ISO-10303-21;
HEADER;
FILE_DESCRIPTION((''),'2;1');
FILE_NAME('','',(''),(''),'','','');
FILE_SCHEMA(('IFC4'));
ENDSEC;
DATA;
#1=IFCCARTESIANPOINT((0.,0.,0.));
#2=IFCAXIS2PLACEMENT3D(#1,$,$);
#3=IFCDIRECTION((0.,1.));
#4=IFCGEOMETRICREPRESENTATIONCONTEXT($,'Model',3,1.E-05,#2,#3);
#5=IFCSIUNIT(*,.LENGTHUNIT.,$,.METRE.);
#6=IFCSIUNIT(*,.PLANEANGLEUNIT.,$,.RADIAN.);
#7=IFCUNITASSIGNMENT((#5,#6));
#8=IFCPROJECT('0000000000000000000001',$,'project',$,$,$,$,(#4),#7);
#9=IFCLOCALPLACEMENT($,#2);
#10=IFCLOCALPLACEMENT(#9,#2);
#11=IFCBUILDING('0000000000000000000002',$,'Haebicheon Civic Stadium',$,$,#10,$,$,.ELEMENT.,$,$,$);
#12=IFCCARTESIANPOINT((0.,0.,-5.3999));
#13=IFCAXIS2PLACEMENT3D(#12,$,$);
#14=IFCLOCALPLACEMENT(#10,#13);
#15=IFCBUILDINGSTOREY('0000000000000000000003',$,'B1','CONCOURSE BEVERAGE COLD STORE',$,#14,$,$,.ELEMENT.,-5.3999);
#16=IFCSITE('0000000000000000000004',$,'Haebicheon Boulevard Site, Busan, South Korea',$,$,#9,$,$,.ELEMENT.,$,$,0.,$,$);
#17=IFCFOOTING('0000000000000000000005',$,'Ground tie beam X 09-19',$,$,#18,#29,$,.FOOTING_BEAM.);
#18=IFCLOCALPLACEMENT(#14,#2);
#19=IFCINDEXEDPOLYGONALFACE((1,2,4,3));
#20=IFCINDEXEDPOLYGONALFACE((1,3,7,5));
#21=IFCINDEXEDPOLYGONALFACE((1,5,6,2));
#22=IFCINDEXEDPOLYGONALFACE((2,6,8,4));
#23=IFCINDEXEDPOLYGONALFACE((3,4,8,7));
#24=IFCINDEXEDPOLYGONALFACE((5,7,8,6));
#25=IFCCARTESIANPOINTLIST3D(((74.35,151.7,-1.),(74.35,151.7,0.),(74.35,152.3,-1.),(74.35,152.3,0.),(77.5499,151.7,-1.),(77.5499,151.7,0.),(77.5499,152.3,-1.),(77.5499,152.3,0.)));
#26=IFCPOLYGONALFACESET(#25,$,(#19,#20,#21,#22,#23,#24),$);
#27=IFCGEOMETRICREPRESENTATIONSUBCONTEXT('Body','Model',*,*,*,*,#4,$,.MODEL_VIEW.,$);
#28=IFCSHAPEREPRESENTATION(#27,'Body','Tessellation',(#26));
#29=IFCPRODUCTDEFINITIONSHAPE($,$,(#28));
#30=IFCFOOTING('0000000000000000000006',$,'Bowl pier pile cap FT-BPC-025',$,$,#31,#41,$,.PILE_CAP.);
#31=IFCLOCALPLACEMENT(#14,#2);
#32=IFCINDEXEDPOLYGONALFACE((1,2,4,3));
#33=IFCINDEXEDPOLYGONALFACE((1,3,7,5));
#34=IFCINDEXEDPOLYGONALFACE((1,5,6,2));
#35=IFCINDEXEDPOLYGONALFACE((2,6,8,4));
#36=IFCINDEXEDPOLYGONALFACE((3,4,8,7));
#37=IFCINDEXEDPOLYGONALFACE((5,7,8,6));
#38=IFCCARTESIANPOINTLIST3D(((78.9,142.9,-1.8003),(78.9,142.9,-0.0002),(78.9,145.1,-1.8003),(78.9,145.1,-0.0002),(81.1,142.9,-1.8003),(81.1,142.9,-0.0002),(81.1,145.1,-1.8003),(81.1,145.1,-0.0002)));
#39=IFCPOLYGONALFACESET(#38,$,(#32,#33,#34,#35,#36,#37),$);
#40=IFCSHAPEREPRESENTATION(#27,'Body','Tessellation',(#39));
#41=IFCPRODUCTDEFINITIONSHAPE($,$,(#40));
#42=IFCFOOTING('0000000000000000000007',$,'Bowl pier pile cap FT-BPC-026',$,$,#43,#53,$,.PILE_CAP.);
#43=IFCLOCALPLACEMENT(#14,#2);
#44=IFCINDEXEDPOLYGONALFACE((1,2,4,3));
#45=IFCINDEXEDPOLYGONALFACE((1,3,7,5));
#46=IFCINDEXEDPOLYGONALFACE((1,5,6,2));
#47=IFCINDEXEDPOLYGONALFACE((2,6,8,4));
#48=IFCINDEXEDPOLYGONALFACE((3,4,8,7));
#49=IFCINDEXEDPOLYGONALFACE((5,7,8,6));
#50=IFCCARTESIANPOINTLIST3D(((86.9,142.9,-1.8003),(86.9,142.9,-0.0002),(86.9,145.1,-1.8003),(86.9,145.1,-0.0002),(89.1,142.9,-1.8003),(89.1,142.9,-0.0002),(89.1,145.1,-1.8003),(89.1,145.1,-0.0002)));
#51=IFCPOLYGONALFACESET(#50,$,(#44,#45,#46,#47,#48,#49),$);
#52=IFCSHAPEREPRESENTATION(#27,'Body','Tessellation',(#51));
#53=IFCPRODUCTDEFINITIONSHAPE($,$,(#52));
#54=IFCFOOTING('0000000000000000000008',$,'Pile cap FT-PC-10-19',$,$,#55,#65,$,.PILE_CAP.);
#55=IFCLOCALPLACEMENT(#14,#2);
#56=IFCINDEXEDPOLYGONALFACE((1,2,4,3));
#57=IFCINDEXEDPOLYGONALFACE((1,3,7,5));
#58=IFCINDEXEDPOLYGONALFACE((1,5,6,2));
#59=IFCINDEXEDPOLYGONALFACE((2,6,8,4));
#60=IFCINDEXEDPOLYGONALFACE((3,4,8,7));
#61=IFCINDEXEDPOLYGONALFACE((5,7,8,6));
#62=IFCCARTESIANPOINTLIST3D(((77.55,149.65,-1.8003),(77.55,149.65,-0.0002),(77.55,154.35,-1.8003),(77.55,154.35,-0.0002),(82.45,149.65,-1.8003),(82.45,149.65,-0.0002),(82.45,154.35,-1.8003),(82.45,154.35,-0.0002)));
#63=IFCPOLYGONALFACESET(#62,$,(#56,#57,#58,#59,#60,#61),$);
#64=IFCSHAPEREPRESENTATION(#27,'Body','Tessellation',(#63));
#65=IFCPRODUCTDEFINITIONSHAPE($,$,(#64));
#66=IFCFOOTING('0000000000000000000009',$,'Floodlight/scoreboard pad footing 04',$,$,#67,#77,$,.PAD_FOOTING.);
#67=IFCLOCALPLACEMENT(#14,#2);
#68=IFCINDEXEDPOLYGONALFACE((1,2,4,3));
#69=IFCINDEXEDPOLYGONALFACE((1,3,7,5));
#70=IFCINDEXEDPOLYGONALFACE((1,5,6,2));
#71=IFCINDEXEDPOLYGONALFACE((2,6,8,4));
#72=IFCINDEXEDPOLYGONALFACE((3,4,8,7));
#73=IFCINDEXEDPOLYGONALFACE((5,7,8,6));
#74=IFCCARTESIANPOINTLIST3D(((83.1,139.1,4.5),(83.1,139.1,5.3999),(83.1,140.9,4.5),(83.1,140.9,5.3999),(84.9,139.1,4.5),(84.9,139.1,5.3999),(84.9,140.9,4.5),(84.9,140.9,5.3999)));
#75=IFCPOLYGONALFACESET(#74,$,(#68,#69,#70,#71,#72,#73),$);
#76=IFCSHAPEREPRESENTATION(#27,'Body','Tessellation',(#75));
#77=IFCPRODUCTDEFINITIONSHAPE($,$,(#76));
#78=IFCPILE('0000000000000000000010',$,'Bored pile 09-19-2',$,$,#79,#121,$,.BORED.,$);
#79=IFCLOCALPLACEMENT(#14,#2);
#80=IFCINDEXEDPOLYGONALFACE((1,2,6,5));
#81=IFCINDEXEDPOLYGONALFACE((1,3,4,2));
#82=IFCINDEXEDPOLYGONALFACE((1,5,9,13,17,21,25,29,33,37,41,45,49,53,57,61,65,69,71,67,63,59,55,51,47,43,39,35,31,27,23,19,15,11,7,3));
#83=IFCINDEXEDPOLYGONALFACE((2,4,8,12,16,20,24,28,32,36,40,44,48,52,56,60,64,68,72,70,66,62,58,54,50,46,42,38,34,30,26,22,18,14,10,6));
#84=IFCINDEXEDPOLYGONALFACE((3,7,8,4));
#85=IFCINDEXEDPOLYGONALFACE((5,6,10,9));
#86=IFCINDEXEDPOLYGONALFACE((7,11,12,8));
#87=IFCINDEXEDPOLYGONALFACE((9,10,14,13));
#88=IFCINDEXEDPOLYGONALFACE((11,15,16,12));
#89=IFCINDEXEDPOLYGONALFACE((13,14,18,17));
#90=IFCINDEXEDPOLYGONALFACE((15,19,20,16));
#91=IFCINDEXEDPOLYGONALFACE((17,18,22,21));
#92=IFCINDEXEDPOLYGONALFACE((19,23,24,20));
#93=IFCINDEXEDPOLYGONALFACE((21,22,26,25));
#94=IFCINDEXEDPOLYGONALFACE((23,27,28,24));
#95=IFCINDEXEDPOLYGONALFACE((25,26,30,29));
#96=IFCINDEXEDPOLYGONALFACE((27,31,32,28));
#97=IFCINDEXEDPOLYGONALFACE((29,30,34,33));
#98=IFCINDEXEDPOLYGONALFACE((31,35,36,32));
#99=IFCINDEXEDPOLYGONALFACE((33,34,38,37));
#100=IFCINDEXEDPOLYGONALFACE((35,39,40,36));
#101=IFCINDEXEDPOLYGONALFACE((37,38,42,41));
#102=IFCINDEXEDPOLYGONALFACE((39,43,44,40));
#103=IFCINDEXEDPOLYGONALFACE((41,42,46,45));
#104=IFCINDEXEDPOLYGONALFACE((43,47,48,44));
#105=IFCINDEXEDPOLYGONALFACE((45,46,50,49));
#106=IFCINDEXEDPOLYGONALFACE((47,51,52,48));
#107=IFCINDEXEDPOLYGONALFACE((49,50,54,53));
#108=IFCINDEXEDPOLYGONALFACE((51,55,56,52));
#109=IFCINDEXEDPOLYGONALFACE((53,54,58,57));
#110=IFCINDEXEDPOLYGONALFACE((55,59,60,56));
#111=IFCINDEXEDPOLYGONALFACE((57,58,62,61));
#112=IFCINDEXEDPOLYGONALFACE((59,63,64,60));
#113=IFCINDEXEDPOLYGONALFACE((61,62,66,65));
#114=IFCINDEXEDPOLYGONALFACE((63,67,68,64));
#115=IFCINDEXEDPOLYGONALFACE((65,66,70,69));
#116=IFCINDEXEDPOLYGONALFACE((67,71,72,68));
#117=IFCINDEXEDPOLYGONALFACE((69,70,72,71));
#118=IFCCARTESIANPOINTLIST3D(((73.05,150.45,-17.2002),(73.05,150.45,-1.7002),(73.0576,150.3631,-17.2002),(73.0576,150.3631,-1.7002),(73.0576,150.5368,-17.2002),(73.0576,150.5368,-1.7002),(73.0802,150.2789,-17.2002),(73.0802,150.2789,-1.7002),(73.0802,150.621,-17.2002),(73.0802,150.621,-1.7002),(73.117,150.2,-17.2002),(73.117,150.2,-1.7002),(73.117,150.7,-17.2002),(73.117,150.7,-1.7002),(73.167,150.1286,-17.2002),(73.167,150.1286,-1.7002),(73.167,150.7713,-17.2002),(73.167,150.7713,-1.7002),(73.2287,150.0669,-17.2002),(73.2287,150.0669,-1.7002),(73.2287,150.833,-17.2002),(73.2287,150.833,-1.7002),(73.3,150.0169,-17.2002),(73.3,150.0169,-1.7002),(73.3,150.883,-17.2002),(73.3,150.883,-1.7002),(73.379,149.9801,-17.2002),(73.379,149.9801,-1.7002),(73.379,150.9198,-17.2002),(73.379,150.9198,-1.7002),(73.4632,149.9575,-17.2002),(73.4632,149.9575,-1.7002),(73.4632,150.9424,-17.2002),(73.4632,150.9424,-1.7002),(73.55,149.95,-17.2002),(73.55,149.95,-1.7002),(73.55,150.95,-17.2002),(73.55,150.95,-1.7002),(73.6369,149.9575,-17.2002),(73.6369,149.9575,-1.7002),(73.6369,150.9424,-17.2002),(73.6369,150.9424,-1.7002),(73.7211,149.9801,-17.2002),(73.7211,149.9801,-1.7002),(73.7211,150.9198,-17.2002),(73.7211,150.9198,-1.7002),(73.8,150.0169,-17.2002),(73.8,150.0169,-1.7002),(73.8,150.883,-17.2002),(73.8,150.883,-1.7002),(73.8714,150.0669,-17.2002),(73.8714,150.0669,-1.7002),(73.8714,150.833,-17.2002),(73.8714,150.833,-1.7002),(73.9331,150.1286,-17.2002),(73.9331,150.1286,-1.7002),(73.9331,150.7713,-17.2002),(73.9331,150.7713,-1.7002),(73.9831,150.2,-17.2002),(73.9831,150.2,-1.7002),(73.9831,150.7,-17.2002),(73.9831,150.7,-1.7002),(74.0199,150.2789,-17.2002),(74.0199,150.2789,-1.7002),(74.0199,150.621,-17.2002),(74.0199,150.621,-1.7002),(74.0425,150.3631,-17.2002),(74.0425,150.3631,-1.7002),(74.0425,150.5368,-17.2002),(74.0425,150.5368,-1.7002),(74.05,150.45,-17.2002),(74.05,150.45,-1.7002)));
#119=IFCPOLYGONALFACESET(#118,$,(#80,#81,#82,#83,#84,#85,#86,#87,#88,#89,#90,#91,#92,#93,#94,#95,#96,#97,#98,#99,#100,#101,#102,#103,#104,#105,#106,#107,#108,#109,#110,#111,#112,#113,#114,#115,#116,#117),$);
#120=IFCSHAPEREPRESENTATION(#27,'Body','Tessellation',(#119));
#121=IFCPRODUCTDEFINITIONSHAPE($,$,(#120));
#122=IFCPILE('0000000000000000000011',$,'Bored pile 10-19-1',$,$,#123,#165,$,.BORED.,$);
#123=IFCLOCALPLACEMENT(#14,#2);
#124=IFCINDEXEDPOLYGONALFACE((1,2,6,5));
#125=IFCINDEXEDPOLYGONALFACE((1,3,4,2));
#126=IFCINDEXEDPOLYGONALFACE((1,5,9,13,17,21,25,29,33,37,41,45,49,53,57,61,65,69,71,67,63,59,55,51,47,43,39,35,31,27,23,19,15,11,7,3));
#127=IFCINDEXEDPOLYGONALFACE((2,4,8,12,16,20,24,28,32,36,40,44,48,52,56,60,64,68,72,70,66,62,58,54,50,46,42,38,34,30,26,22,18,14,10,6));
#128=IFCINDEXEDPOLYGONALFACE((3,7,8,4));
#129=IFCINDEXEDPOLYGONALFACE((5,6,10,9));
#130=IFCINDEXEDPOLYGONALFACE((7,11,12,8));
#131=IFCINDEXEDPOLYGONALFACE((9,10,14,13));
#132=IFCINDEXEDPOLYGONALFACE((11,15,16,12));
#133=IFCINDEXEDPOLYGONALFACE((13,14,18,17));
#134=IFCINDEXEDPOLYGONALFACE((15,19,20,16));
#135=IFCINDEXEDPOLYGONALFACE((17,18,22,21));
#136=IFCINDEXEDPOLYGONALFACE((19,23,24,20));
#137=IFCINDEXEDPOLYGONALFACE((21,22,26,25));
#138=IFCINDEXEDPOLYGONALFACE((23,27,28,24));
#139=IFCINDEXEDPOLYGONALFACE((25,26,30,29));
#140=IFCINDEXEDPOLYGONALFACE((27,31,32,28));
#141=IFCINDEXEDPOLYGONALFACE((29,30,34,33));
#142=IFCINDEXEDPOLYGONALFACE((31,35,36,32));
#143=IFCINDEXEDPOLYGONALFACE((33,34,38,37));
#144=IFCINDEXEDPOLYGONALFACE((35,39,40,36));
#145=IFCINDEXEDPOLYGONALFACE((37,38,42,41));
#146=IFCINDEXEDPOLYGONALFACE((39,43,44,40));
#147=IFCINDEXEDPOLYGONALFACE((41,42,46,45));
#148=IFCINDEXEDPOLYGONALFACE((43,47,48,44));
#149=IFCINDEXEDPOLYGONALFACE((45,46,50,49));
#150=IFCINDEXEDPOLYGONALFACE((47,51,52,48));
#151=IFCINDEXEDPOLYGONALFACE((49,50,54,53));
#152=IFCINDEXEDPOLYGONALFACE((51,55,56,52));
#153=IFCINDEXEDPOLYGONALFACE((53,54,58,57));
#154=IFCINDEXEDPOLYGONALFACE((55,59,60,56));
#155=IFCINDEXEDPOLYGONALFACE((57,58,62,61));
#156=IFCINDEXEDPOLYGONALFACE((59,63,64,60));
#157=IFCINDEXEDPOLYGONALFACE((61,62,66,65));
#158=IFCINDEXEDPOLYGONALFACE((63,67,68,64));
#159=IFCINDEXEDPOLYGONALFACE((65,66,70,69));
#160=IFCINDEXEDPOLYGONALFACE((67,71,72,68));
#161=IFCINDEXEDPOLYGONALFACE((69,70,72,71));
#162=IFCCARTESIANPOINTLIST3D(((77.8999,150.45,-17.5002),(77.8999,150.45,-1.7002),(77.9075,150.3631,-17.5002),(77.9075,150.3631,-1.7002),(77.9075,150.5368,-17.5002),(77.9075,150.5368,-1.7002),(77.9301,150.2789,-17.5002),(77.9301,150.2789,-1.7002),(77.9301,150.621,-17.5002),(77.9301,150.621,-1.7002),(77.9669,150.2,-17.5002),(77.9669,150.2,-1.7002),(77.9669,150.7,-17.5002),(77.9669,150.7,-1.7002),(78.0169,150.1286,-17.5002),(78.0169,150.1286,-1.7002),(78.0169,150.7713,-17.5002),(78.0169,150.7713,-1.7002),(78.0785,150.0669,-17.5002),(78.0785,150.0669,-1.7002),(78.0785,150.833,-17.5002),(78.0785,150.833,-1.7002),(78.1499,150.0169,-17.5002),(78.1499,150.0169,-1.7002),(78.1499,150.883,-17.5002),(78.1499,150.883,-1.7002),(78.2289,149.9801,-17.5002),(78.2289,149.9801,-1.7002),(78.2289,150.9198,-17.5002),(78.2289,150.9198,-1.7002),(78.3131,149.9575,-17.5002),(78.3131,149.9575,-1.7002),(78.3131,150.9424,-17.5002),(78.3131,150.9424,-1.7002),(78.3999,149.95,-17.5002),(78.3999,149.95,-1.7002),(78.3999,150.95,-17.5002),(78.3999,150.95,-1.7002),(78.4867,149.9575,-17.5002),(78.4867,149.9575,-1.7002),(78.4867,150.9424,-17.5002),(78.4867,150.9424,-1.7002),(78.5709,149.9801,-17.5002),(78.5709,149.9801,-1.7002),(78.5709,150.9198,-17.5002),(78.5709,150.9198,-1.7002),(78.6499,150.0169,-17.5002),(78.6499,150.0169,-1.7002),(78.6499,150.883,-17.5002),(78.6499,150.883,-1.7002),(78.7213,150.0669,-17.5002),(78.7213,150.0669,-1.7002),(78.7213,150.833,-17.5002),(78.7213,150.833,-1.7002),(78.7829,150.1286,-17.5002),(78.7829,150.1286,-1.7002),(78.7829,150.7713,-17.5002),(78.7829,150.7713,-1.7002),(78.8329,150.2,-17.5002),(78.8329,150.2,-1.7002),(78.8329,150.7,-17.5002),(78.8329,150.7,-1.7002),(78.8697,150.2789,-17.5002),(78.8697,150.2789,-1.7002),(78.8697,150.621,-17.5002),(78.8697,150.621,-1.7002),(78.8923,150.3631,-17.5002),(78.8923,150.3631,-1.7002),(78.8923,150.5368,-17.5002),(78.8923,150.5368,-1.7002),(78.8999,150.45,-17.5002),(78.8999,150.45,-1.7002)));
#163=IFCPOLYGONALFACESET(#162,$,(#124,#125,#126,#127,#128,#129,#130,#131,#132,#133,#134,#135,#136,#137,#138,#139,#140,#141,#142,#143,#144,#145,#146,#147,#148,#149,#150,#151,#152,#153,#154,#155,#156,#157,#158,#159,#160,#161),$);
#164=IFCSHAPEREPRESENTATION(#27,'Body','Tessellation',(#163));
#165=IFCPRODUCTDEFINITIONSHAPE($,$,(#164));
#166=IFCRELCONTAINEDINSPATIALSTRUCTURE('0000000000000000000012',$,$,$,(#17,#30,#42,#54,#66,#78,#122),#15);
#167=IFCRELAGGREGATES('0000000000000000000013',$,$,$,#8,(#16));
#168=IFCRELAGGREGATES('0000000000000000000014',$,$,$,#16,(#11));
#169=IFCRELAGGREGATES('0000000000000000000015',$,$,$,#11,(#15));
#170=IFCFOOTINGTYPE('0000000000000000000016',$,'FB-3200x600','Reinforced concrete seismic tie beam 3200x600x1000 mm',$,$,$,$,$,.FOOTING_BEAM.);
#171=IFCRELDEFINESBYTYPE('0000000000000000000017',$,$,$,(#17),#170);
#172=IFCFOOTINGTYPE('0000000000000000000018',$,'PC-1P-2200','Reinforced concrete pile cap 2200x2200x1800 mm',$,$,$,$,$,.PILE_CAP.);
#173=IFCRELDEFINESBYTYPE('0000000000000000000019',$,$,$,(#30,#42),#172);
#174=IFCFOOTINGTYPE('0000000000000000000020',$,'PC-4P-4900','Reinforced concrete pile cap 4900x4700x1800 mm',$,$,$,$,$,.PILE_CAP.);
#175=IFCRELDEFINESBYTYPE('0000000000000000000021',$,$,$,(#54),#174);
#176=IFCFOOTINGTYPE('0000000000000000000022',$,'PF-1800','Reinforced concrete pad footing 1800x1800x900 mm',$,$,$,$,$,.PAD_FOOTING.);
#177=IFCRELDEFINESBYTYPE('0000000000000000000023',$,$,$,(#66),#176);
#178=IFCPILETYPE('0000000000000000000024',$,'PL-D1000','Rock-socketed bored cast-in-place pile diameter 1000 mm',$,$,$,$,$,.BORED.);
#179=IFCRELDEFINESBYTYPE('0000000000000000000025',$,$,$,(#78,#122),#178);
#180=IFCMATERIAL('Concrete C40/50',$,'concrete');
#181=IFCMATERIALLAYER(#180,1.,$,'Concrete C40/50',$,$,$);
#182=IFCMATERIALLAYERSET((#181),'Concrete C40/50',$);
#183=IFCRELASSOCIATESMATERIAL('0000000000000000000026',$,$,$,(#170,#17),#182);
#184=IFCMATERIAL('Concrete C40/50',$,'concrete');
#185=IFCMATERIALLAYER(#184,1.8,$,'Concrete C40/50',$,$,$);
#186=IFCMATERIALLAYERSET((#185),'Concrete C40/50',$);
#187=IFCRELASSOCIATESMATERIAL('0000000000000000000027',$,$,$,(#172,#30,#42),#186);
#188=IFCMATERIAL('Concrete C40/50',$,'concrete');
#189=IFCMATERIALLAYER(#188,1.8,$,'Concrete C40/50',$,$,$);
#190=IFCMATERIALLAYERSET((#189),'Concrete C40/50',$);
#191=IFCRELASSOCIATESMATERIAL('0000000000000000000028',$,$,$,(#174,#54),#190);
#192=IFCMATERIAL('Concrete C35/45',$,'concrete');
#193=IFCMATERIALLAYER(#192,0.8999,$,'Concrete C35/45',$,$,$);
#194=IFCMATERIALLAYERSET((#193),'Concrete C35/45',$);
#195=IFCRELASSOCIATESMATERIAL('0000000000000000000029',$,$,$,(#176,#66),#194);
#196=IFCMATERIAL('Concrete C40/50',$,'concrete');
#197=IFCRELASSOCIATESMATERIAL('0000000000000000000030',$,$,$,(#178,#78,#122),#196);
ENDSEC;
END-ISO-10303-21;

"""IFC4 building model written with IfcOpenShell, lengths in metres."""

from ifc_helpers import new_model, si_unit, direction, frame, origin, origin_2d, place, context, subcontext, project, spatial, rectangle, circle, extrude, material, layer, layer_set, material_profile, profile_set, type_object, element, save


model = new_model("IFC4")

# Units and contexts
model_context = context("Model", 3, precision=1e-05, world=origin(), true_north=direction((0.0, 1.0)))
body_context = subcontext(model_context, "Body", "Model", "MODEL_VIEW")
ifc_project = project(units=[si_unit("LENGTHUNIT", "METRE"), si_unit("PLANEANGLEUNIT", "RADIAN")], contexts=[model_context])

# Site, building, storey
site_placement = place(None, origin())
site = spatial("IfcSite", under=ifc_project, at=site_placement, Name="Haebicheon Boulevard Site, Busan, South Korea", CompositionType="ELEMENT", RefElevation=0.0)
building_placement = place(site_placement, origin())
building = spatial("IfcBuilding", under=site, at=building_placement, Name="Haebicheon Civic Stadium", CompositionType="ELEMENT")
storey_placement = place(building_placement, frame((0.0, 0.0, -5.3999)))
storey = spatial("IfcBuildingStorey", under=building, at=storey_placement, Name="B1", Description="CONCOURSE BEVERAGE COLD STORE", CompositionType="ELEMENT", Elevation=-5.3999)

# Footings
ifc_material_1 = material(Name="Concrete C40/50", Category="concrete")
ifc_layer_1 = layer(ifc_material_1, 1.0, Name="Concrete C40/50")
ifc_layer_set_1 = layer_set([ifc_layer_1], Name="Concrete C40/50")
footing_type_1 = type_object("IfcFootingType", Name="FB-3200x600", Description="Reinforced concrete seismic tie beam 3200x600x1000 mm", PredefinedType="FOOTING_BEAM", material=ifc_layer_set_1)
footing_1_placement = place(storey_placement, frame((75.95, 152.0, -1.0), z_axis=(0.0, 0.0, 1.0), x_axis=(1.0, 0.0, 0.0)))
element("IfcFooting", 1, at=footing_1_placement, inside=storey, type_object=footing_type_1, material=ifc_layer_set_1, Name="Ground tie beam X 09-19", PredefinedType="FOOTING_BEAM", context=body_context, shape_type="SweptSolid", body=[
    extrude(rectangle(XDim=3.2, YDim=0.6001, at=origin_2d()), origin(), (0.0, 0.0, 1.0), 1.0),
])
ifc_material_2 = material(Name="Concrete C40/50", Category="concrete")
ifc_layer_2 = layer(ifc_material_2, 1.8, Name="Concrete C40/50")
ifc_layer_set_2 = layer_set([ifc_layer_2], Name="Concrete C40/50")
footing_type_2 = type_object("IfcFootingType", Name="PC-1P-2200", Description="Reinforced concrete pile cap 2200x2200x1800 mm", PredefinedType="PILE_CAP", material=ifc_layer_set_2)
for number, where, z_axis, x_axis, name in (
    (2, (80.0, 144.0, -1.8003), (0.0, 0.0, 1.0), (1.0, 0.0, 0.0), "Bowl pier pile cap FT-BPC-025"),
    (3, (88.0, 144.0, -1.8003), (0.0, 0.0, 1.0), (1.0, 0.0, 0.0), "Bowl pier pile cap FT-BPC-026"),
):
    element("IfcFooting", number, at=place(storey_placement, frame(where, z_axis=z_axis, x_axis=x_axis)), inside=storey, type_object=footing_type_2, material=ifc_layer_set_2, Name=name, PredefinedType="PILE_CAP", context=body_context, shape_type="SweptSolid", body=[
        extrude(rectangle(XDim=2.2, YDim=2.2, at=origin_2d()), origin(), (0.0, 0.0, 1.0), 1.8),
    ])
ifc_material_3 = material(Name="Concrete C40/50", Category="concrete")
ifc_layer_3 = layer(ifc_material_3, 1.8, Name="Concrete C40/50")
ifc_layer_set_3 = layer_set([ifc_layer_3], Name="Concrete C40/50")
footing_type_3 = type_object("IfcFootingType", Name="PC-4P-4900", Description="Reinforced concrete pile cap 4900x4700x1800 mm", PredefinedType="PILE_CAP", material=ifc_layer_set_3)
footing_2_placement = place(storey_placement, frame((80.0, 152.0, -1.8003), z_axis=(0.0, 0.0, 1.0), x_axis=(1.0, 0.0, 0.0)))
element("IfcFooting", 4, at=footing_2_placement, inside=storey, type_object=footing_type_3, material=ifc_layer_set_3, Name="Pile cap FT-PC-10-19", PredefinedType="PILE_CAP", context=body_context, shape_type="SweptSolid", body=[
    extrude(rectangle(XDim=4.8999, YDim=4.7, at=origin_2d()), origin(), (0.0, 0.0, 1.0), 1.8),
])
ifc_material_4 = material(Name="Concrete C35/45", Category="concrete")
ifc_layer_4 = layer(ifc_material_4, 0.8999, Name="Concrete C35/45")
ifc_layer_set_4 = layer_set([ifc_layer_4], Name="Concrete C35/45")
footing_type_4 = type_object("IfcFootingType", Name="PF-1800", Description="Reinforced concrete pad footing 1800x1800x900 mm", PredefinedType="PAD_FOOTING", material=ifc_layer_set_4)
footing_3_placement = place(storey_placement, frame((84.0, 140.0, 4.5), z_axis=(0.0, 0.0, 1.0), x_axis=(1.0, 0.0, 0.0)))
element("IfcFooting", 5, at=footing_3_placement, inside=storey, type_object=footing_type_4, material=ifc_layer_set_4, Name="Floodlight/scoreboard pad footing 04", PredefinedType="PAD_FOOTING", context=body_context, shape_type="SweptSolid", body=[
    extrude(rectangle(XDim=1.8, YDim=1.8, at=origin_2d()), origin(), (0.0, 0.0, 1.0), 0.8999),
])

# Piles
ifc_material_5 = material(Name="Concrete C40/50", Category="concrete")
ifc_material_profile_1 = material_profile(ifc_material_5, circle(Radius=0.5, at=origin_2d()), Name="PILE-D1000")
ifc_profile_set_1 = profile_set([ifc_material_profile_1], Name="Concrete C40/50")
pile_type = type_object("IfcPileType", Name="PL-D1000", Description="Rock-socketed bored cast-in-place pile diameter 1000 mm", PredefinedType="BORED", material=ifc_profile_set_1)
pile_1_placement = place(storey_placement, frame((73.55, 150.45, -1.7002), z_axis=(0.0, 0.0, -1.0), x_axis=(1.0, 0.0, 0.0)))
element("IfcPile", 6, at=pile_1_placement, inside=storey, type_object=pile_type, material=ifc_profile_set_1, Name="Bored pile 09-19-2", PredefinedType="BORED", context=body_context, shape_type="SweptSolid", body=[
    extrude(circle(Radius=0.5, at=origin_2d()), origin(), (0.0, 0.0, 1.0), 15.5),
])
for number, where, z_axis, x_axis, name in (
    (7, (78.3999, 150.45, -1.7002), (0.0, 0.0, -1.0), (1.0, 0.0, 0.0), "Bored pile 10-19-1"),
):
    element("IfcPile", number, at=place(storey_placement, frame(where, z_axis=z_axis, x_axis=x_axis)), inside=storey, type_object=pile_type, material=ifc_profile_set_1, Name=name, PredefinedType="BORED", context=body_context, shape_type="SweptSolid", body=[
        extrude(circle(Radius=0.5, at=origin_2d()), origin(), (0.0, 0.0, 1.0), 15.8),
    ])

save(model, "model.ifc")
